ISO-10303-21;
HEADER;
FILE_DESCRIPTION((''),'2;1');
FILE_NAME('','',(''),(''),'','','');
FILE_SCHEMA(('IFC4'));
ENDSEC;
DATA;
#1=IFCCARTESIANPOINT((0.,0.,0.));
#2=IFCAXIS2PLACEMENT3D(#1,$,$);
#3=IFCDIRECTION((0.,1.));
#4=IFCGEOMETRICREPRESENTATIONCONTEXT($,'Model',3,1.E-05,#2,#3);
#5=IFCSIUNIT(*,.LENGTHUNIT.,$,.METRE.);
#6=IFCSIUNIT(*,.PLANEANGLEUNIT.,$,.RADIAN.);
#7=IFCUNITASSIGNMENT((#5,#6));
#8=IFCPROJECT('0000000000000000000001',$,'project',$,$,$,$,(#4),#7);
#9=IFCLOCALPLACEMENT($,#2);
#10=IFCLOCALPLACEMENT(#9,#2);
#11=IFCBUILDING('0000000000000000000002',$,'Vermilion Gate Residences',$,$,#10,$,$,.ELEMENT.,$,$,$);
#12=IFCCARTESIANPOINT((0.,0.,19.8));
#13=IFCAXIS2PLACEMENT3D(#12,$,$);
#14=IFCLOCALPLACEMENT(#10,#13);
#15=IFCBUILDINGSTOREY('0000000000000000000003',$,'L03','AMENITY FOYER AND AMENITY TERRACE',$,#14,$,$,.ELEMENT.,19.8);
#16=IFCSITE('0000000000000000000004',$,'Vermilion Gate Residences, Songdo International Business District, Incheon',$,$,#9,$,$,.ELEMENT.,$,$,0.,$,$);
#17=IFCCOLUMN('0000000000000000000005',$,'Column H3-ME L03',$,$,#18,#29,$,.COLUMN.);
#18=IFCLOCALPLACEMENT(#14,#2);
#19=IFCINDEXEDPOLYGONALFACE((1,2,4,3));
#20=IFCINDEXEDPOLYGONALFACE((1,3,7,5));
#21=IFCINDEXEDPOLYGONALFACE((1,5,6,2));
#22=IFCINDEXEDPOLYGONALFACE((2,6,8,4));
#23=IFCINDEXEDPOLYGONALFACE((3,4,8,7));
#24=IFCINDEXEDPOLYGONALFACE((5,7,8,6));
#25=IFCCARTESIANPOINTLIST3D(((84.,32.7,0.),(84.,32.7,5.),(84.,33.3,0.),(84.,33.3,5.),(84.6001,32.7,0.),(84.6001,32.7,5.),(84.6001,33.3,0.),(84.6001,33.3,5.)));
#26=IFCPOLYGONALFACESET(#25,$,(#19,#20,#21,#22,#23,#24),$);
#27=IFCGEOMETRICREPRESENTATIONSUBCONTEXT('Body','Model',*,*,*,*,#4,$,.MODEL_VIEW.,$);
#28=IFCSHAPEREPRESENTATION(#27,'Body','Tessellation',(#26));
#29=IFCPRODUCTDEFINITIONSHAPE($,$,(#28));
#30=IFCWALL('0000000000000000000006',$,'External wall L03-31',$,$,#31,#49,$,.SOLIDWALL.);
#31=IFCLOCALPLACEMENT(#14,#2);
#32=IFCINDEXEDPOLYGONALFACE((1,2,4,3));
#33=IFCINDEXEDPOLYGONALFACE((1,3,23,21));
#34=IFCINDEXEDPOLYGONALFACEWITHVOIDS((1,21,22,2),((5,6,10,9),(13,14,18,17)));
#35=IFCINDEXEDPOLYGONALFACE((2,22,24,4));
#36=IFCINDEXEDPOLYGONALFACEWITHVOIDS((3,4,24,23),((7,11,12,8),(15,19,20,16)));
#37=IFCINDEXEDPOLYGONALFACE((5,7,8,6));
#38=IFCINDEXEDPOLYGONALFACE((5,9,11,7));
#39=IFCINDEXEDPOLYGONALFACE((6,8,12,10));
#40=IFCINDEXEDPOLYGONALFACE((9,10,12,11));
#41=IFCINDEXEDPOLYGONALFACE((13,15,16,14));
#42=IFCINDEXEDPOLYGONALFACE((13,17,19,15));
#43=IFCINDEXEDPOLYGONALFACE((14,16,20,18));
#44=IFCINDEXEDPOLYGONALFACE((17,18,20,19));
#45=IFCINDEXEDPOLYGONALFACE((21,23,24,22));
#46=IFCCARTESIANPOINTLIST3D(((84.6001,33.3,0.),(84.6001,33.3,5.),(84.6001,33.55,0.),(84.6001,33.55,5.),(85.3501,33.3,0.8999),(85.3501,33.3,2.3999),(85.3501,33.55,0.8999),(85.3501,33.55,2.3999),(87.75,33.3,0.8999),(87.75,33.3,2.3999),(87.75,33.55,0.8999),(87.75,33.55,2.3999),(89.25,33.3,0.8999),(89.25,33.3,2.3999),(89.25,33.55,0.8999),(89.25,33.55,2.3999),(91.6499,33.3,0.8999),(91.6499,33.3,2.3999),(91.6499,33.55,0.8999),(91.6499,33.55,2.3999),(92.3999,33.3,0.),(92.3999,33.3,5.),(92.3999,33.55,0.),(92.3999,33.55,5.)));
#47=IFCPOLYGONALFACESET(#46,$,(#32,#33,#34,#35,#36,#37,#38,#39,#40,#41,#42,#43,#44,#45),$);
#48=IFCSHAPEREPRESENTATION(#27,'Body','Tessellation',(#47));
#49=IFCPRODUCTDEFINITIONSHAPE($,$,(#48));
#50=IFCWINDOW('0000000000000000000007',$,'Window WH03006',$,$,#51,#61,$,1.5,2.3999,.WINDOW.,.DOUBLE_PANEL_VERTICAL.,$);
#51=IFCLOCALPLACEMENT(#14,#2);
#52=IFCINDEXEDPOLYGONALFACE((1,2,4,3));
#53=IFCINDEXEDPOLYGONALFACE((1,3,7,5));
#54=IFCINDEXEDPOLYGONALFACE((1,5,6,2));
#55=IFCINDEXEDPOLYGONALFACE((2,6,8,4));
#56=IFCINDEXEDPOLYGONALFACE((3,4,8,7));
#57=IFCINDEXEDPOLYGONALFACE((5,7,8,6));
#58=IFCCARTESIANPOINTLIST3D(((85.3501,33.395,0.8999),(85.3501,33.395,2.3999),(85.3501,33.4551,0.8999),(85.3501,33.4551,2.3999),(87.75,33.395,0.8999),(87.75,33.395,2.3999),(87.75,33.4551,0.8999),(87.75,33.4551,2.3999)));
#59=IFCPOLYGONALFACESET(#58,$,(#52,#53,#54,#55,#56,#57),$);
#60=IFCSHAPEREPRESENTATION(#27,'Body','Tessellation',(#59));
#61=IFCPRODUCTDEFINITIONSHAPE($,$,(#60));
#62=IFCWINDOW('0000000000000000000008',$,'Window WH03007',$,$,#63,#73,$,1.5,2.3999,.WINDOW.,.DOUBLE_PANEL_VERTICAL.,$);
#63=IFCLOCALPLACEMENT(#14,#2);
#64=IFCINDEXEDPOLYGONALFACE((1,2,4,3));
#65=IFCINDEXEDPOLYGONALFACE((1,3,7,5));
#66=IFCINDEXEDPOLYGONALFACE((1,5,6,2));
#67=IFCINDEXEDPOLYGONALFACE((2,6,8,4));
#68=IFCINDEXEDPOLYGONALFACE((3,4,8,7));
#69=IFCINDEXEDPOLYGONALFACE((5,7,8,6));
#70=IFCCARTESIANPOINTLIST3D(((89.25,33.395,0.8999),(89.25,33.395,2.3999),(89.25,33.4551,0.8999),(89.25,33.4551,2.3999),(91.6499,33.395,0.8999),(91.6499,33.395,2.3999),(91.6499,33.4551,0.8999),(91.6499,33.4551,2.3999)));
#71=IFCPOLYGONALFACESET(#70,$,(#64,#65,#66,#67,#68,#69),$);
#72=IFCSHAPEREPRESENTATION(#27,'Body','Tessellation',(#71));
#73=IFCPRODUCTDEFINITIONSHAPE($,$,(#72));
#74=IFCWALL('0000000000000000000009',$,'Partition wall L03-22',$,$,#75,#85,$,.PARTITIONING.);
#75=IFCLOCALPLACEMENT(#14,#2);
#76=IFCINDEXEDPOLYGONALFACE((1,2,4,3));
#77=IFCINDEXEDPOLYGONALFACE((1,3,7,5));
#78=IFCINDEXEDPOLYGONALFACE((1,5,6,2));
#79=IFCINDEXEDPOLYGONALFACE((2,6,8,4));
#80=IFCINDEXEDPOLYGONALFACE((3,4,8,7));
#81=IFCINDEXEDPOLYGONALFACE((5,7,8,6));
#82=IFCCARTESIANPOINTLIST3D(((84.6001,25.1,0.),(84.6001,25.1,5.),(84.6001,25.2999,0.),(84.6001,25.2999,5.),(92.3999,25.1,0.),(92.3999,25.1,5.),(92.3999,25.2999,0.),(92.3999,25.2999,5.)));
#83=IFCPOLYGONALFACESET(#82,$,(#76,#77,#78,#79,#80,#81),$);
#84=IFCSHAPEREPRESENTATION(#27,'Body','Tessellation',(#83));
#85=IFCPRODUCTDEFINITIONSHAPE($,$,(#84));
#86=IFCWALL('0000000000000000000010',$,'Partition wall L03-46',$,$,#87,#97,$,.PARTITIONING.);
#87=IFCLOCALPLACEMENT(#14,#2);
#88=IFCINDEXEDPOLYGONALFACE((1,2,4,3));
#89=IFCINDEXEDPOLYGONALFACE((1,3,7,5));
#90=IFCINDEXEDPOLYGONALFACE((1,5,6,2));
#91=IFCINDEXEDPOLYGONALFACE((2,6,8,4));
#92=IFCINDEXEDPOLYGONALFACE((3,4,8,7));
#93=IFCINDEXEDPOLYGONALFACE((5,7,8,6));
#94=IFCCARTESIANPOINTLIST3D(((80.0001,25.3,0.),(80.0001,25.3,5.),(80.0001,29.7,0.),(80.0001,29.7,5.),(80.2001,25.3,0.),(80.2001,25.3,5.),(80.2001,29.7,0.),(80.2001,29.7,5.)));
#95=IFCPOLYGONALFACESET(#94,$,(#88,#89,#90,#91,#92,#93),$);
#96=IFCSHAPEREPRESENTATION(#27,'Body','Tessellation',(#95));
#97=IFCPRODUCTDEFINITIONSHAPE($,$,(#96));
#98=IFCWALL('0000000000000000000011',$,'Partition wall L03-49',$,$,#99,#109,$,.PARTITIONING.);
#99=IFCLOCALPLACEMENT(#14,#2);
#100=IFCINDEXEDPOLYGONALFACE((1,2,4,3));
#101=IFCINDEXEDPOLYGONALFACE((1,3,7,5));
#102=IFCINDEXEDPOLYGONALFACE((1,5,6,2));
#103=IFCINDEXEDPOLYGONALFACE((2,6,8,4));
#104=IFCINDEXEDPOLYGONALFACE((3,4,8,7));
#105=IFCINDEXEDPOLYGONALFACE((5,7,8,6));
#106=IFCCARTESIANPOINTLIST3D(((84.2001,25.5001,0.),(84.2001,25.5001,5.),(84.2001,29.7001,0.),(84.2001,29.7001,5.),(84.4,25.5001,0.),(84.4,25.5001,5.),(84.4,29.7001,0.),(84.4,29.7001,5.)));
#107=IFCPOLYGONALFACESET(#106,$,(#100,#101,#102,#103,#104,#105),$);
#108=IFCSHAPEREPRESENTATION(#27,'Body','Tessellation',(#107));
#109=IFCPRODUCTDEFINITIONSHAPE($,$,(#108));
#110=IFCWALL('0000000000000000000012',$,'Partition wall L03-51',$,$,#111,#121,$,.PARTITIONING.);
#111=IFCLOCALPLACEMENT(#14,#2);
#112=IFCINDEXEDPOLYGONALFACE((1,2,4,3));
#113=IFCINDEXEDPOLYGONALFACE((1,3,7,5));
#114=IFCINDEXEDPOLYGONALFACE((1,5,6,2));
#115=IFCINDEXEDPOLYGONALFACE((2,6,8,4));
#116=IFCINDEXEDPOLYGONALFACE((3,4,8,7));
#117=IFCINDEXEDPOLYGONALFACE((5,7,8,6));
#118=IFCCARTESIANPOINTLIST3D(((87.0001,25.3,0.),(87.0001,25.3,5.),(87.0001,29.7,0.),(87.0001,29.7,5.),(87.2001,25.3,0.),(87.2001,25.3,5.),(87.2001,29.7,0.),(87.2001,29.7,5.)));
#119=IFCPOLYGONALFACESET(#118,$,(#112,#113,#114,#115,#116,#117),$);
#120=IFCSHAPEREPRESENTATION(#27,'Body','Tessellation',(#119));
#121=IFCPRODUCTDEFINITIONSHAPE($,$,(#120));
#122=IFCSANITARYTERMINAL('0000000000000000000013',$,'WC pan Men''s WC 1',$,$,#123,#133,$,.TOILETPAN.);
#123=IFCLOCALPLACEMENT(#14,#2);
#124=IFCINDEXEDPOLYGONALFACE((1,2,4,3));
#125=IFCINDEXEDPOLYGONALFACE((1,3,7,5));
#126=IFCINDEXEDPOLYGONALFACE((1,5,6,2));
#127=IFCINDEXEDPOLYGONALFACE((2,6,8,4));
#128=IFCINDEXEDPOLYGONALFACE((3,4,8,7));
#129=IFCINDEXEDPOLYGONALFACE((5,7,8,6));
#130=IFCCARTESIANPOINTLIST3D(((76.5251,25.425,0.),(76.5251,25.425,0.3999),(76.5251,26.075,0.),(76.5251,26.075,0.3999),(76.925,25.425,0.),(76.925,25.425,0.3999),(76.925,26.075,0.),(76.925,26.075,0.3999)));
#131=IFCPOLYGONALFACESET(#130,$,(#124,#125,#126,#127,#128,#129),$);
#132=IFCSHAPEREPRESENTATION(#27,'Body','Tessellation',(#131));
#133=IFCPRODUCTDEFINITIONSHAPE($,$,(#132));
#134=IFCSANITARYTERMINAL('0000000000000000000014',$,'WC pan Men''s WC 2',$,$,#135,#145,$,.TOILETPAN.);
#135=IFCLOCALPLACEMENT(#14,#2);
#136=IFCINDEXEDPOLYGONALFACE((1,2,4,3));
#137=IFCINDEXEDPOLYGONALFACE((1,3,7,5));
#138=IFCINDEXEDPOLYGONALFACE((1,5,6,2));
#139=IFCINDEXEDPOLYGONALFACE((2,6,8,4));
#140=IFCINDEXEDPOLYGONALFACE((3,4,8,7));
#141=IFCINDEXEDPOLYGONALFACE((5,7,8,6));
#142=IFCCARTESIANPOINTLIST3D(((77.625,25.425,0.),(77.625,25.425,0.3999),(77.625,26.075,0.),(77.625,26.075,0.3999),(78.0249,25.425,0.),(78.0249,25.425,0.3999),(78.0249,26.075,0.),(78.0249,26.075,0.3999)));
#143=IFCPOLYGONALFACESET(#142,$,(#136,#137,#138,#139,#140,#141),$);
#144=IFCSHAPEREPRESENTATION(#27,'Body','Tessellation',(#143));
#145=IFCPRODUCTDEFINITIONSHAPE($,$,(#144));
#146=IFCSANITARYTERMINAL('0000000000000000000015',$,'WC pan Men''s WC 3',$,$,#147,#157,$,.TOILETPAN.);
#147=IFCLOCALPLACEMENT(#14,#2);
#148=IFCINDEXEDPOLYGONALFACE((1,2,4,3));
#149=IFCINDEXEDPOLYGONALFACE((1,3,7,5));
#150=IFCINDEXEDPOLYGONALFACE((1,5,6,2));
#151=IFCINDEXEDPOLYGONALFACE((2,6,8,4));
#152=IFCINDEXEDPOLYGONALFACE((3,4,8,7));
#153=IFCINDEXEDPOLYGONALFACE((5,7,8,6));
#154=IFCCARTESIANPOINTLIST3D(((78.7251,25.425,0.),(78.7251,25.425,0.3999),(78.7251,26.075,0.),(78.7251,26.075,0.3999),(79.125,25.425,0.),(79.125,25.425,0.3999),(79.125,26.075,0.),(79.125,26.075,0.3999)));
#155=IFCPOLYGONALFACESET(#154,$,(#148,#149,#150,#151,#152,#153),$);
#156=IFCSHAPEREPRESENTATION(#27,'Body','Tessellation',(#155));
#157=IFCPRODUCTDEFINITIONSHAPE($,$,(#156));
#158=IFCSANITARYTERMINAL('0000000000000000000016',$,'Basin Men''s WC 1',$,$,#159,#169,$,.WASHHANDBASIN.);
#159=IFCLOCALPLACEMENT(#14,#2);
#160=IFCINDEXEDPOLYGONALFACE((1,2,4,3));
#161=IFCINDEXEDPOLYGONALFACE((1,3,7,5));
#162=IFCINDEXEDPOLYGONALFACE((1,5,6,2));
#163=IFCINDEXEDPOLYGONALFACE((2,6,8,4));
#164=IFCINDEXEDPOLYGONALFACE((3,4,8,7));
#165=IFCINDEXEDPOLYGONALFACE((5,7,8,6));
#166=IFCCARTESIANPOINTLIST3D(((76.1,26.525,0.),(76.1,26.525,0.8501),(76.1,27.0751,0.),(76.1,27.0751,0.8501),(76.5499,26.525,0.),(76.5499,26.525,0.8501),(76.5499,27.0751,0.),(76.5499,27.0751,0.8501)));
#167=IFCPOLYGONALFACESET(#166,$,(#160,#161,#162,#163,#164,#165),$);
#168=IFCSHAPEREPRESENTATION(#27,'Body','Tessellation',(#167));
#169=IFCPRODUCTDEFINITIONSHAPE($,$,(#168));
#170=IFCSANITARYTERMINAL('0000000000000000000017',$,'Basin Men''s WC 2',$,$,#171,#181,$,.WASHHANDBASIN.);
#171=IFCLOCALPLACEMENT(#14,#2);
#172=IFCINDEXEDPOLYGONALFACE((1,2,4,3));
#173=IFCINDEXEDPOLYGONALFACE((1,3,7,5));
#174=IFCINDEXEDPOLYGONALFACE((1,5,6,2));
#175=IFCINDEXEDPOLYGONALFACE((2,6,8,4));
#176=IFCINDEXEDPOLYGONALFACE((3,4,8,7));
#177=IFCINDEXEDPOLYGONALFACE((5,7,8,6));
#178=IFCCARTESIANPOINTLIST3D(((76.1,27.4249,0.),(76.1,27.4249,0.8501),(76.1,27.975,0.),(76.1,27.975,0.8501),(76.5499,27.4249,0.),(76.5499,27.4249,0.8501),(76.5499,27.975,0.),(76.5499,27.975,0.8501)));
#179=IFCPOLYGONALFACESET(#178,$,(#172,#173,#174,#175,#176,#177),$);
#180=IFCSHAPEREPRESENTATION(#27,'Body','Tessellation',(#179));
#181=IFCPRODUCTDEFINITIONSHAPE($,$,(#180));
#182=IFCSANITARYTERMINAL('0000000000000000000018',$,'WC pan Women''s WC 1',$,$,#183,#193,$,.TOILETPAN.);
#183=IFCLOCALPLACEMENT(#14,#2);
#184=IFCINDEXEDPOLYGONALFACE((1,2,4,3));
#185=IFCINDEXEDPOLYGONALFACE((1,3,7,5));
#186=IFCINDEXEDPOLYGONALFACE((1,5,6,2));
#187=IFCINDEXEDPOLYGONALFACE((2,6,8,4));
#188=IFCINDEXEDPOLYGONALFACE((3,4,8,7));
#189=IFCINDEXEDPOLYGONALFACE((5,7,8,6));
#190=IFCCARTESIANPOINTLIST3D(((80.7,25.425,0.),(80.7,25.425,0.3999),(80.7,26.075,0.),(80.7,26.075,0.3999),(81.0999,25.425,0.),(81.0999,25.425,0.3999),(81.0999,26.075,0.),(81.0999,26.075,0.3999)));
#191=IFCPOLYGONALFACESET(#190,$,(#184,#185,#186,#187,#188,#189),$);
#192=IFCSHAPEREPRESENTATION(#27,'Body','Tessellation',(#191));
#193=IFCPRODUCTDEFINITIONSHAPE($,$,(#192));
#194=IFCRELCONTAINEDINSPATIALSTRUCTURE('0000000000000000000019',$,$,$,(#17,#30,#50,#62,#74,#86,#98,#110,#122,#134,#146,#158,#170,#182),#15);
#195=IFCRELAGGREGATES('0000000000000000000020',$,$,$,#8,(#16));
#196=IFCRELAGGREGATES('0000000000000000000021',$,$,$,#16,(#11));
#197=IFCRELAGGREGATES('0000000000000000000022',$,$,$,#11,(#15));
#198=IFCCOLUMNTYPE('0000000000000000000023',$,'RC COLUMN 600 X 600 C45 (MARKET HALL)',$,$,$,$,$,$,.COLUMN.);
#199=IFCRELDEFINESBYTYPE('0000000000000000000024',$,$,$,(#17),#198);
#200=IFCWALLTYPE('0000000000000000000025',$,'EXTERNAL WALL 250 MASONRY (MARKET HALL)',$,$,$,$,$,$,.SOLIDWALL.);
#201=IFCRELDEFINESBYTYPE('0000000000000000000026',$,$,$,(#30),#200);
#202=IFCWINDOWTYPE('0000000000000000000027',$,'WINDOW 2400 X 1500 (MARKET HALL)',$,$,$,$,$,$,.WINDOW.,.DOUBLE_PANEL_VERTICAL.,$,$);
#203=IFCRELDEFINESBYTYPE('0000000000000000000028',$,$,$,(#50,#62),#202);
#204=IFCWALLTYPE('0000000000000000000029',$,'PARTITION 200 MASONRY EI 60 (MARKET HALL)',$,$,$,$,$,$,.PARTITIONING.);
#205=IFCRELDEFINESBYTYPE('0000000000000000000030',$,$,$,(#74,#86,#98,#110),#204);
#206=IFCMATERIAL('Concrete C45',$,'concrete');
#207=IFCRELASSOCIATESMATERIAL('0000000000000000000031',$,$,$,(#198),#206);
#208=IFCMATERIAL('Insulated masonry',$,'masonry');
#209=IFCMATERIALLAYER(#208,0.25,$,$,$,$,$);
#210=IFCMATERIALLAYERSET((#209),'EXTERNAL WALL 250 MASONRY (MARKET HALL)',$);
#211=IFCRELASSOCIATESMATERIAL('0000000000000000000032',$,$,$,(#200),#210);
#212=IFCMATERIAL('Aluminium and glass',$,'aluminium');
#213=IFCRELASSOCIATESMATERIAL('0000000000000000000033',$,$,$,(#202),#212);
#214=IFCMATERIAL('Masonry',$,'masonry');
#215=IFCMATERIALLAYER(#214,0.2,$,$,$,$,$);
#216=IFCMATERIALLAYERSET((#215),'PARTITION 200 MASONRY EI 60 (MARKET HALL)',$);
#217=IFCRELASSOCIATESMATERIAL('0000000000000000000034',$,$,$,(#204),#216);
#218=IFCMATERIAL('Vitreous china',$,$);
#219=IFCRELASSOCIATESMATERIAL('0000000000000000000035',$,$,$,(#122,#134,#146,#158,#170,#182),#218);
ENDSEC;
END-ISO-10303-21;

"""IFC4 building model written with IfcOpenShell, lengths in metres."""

from ifc_helpers import new_model, si_unit, direction, frame, frame_2d, origin, origin_2d, place, context, subcontext, project, spatial, rectangle, extrude, material, layer, layer_set, material_profile, profile_set, type_object, element, fill, save


model = new_model("IFC4")

# Units and contexts
model_context = context("Model", 3, precision=1e-05, world=origin(), true_north=direction((0.0, 1.0)))
body_context = subcontext(model_context, "Body", "Model", "MODEL_VIEW")
ifc_project = project(units=[si_unit("LENGTHUNIT", "METRE"), si_unit("PLANEANGLEUNIT", "RADIAN")], contexts=[model_context])

# Site, building, storey
site_placement = place(None, origin())
site = spatial("IfcSite", under=ifc_project, at=site_placement, Name="Vermilion Gate Residences, Songdo International Business District, Incheon", CompositionType="ELEMENT", RefElevation=0.0)
building_placement = place(site_placement, origin())
building = spatial("IfcBuilding", under=site, at=building_placement, Name="Vermilion Gate Residences", CompositionType="ELEMENT")
storey_placement = place(building_placement, frame((0.0, 0.0, 19.8)))
storey = spatial("IfcBuildingStorey", under=building, at=storey_placement, Name="L03", Description="AMENITY FOYER AND AMENITY TERRACE", CompositionType="ELEMENT", Elevation=19.8)

# Column
ifc_material_1 = material(Name="Concrete C45", Category="concrete")
ifc_material_profile = material_profile(ifc_material_1, rectangle(XDim=0.6001, YDim=0.6001, at=origin_2d()), Name="RC COLUMN 600 X 600 C45 (MARKET HALL)")
ifc_profile_set = profile_set([ifc_material_profile], Name="Concrete C45")
column_type = type_object("IfcColumnType", Name="RC COLUMN 600 X 600 C45 (MARKET HALL)", PredefinedType="COLUMN", material=ifc_profile_set)
column_placement = place(storey_placement, frame((84.3, 33.0, 0.0), z_axis=(0.0, 0.0, 1.0), x_axis=(1.0, 0.0, 0.0)))
element("IfcColumn", 1, at=column_placement, inside=storey, type_object=column_type, Name="Column H3-ME L03", PredefinedType="COLUMN", context=body_context, shape_type="SweptSolid", body=[
    extrude(rectangle(XDim=0.6001, YDim=0.6001, at=origin_2d()), origin(), (0.0, 0.0, 1.0), 5.0),
])

# Wall, openings, windows
ifc_material_2 = material(Name="Insulated masonry", Category="masonry")
ifc_layer_1 = layer(ifc_material_2, 0.25)
ifc_layer_set_1 = layer_set([ifc_layer_1], Name="EXTERNAL WALL 250 MASONRY (MARKET HALL)")
wall_type_1 = type_object("IfcWallType", Name="EXTERNAL WALL 250 MASONRY (MARKET HALL)", PredefinedType="SOLIDWALL", material=ifc_layer_set_1)
wall_1_placement = place(storey_placement, frame((84.6001, 33.425, 0.0), z_axis=(0.0, 0.0, 1.0), x_axis=(1.0, 0.0, 0.0)))
wall_1 = element("IfcWall", 2, at=wall_1_placement, inside=storey, type_object=wall_type_1, Name="External wall L03-31", PredefinedType="SOLIDWALL", context=body_context, shape_type="SweptSolid", body=[
    extrude(rectangle(XDim=7.7998, YDim=0.25, at=frame_2d((3.8999, 0.0))), origin(), (0.0, 0.0, 1.0), 5.0),
])
opening_1_placement = place(wall_1_placement, frame((0.75, 0.0, 0.8999)))
opening_1 = element("IfcOpeningElement", 3, at=opening_1_placement, cuts=wall_1, PredefinedType="OPENING", context=body_context, shape_type="SweptSolid", body=[
    extrude(rectangle(XDim=2.3999, YDim=1.5, at=frame_2d((1.2, 0.75))), frame((0.0, 0.135, 0.0), z_axis=(0.0, -1.0, 0.0), x_axis=(1.0, 0.0, 0.0)), (0.0, 0.0, 1.0), 0.27),
])
opening_2_placement = place(wall_1_placement, frame((4.6499, 0.0, 0.8999)))
opening_2 = element("IfcOpeningElement", 4, at=opening_2_placement, cuts=wall_1, PredefinedType="OPENING", context=body_context, shape_type="SweptSolid", body=[
    extrude(rectangle(XDim=2.3999, YDim=1.5, at=frame_2d((1.2, 0.75))), frame((0.0, 0.135, 0.0), z_axis=(0.0, -1.0, 0.0), x_axis=(1.0, 0.0, 0.0)), (0.0, 0.0, 1.0), 0.27),
])
ifc_material_3 = material(Name="Aluminium and glass", Category="aluminium")
window_type = type_object("IfcWindowType", Name="WINDOW 2400 X 1500 (MARKET HALL)", PartitioningType="DOUBLE_PANEL_VERTICAL", PredefinedType="WINDOW", material=ifc_material_3)
window_1_placement = place(opening_1_placement, origin())
window_1 = element("IfcWindow", 5, at=window_1_placement, inside=storey, type_object=window_type, Name="Window WH03006", OverallHeight=1.5, OverallWidth=2.3999, PartitioningType="DOUBLE_PANEL_VERTICAL", PredefinedType="WINDOW", context=body_context, shape_type="SweptSolid", body=[
    extrude(rectangle(XDim=2.3999, YDim=1.5, at=frame_2d((1.2, 0.75))), frame((0.0, 0.03, 0.0), z_axis=(0.0, -1.0, 0.0), x_axis=(1.0, 0.0, 0.0)), (0.0, 0.0, 1.0), 0.0601),
])
fill(opening_1, window_1)
window_2_placement = place(opening_2_placement, origin())
window_2 = element("IfcWindow", 6, at=window_2_placement, inside=storey, type_object=window_type, Name="Window WH03007", OverallHeight=1.5, OverallWidth=2.3999, PartitioningType="DOUBLE_PANEL_VERTICAL", PredefinedType="WINDOW", context=body_context, shape_type="SweptSolid", body=[
    extrude(rectangle(XDim=2.3999, YDim=1.5, at=frame_2d((1.2, 0.75))), frame((0.0, 0.03, 0.0), z_axis=(0.0, -1.0, 0.0), x_axis=(1.0, 0.0, 0.0)), (0.0, 0.0, 1.0), 0.0601),
])
fill(opening_2, window_2)

# Walls
ifc_material_4 = material(Name="Masonry", Category="masonry")
ifc_layer_2 = layer(ifc_material_4, 0.2)
ifc_layer_set_2 = layer_set([ifc_layer_2], Name="PARTITION 200 MASONRY EI 60 (MARKET HALL)")
wall_type_2 = type_object("IfcWallType", Name="PARTITION 200 MASONRY EI 60 (MARKET HALL)", PredefinedType="PARTITIONING", material=ifc_layer_set_2)
wall_2_placement = place(storey_placement, frame((84.6001, 25.2, 0.0), z_axis=(0.0, 0.0, 1.0), x_axis=(1.0, 0.0, 0.0)))
element("IfcWall", 7, at=wall_2_placement, inside=storey, type_object=wall_type_2, Name="Partition wall L03-22", PredefinedType="PARTITIONING", context=body_context, shape_type="SweptSolid", body=[
    extrude(rectangle(XDim=7.7998, YDim=0.2, at=frame_2d((3.8999, 0.0))), origin(), (0.0, 0.0, 1.0), 5.0),
])
wall_3_placement = place(storey_placement, frame((80.1001, 25.3, 0.0), z_axis=(0.0, 0.0, 1.0), x_axis=(0.0, 1.0, 0.0)))
element("IfcWall", 8, at=wall_3_placement, inside=storey, type_object=wall_type_2, Name="Partition wall L03-46", PredefinedType="PARTITIONING", context=body_context, shape_type="SweptSolid", body=[
    extrude(rectangle(XDim=4.3999, YDim=0.2, at=frame_2d((2.2, 0.0))), origin(), (0.0, 0.0, 1.0), 5.0),
])
wall_4_placement = place(storey_placement, frame((84.3, 25.5, 0.0), z_axis=(0.0, 0.0, 1.0), x_axis=(0.0, 1.0, 0.0)))
element("IfcWall", 9, at=wall_4_placement, inside=storey, type_object=wall_type_2, Name="Partition wall L03-49", PredefinedType="PARTITIONING", context=body_context, shape_type="SweptSolid", body=[
    extrude(rectangle(XDim=4.2, YDim=0.2, at=frame_2d((2.1001, 0.0))), origin(), (0.0, 0.0, 1.0), 5.0),
])
wall_5_placement = place(storey_placement, frame((87.1001, 25.3, 0.0), z_axis=(0.0, 0.0, 1.0), x_axis=(0.0, 1.0, 0.0)))
element("IfcWall", 10, at=wall_5_placement, inside=storey, type_object=wall_type_2, Name="Partition wall L03-51", PredefinedType="PARTITIONING", context=body_context, shape_type="SweptSolid", body=[
    extrude(rectangle(XDim=4.3999, YDim=0.2, at=frame_2d((2.2, 0.0))), origin(), (0.0, 0.0, 1.0), 5.0),
])

# Sanitary terminals
ifc_material_5 = material(Name="Vitreous china")
for number, where, z_axis, x_axis, name in (
    (11, (76.7251, 25.75, 0.0), (0.0, 0.0, 1.0), (1.0, 0.0, 0.0), "WC pan Men's WC 1"),
    (12, (77.825, 25.75, 0.0), (0.0, 0.0, 1.0), (1.0, 0.0, 0.0), "WC pan Men's WC 2"),
    (13, (78.925, 25.75, 0.0), (0.0, 0.0, 1.0), (1.0, 0.0, 0.0), "WC pan Men's WC 3"),
):
    element("IfcSanitaryTerminal", number, at=place(storey_placement, frame(where, z_axis=z_axis, x_axis=x_axis)), inside=storey, material=ifc_material_5, Name=name, PredefinedType="TOILETPAN", context=body_context, shape_type="SweptSolid", body=[
        extrude(rectangle(XDim=0.3999, YDim=0.6499, at=origin_2d()), origin(), (0.0, 0.0, 1.0), 0.3999),
    ])
for number, where, z_axis, x_axis, name in (
    (14, (76.325, 26.8, 0.0), (0.0, 0.0, 1.0), (1.0, 0.0, 0.0), "Basin Men's WC 1"),
    (15, (76.325, 27.7, 0.0), (0.0, 0.0, 1.0), (1.0, 0.0, 0.0), "Basin Men's WC 2"),
):
    element("IfcSanitaryTerminal", number, at=place(storey_placement, frame(where, z_axis=z_axis, x_axis=x_axis)), inside=storey, material=ifc_material_5, Name=name, PredefinedType="WASHHANDBASIN", context=body_context, shape_type="SweptSolid", body=[
        extrude(rectangle(XDim=0.45, YDim=0.55, at=origin_2d()), origin(), (0.0, 0.0, 1.0), 0.8501),
    ])
for number, where, z_axis, x_axis, name in (
    (16, (80.8999, 25.75, 0.0), (0.0, 0.0, 1.0), (1.0, 0.0, 0.0), "WC pan Women's WC 1"),
):
    element("IfcSanitaryTerminal", number, at=place(storey_placement, frame(where, z_axis=z_axis, x_axis=x_axis)), inside=storey, material=ifc_material_5, Name=name, PredefinedType="TOILETPAN", context=body_context, shape_type="SweptSolid", body=[
        extrude(rectangle(XDim=0.3999, YDim=0.6499, at=origin_2d()), origin(), (0.0, 0.0, 1.0), 0.3999),
    ])

save(model, "model.ifc")
